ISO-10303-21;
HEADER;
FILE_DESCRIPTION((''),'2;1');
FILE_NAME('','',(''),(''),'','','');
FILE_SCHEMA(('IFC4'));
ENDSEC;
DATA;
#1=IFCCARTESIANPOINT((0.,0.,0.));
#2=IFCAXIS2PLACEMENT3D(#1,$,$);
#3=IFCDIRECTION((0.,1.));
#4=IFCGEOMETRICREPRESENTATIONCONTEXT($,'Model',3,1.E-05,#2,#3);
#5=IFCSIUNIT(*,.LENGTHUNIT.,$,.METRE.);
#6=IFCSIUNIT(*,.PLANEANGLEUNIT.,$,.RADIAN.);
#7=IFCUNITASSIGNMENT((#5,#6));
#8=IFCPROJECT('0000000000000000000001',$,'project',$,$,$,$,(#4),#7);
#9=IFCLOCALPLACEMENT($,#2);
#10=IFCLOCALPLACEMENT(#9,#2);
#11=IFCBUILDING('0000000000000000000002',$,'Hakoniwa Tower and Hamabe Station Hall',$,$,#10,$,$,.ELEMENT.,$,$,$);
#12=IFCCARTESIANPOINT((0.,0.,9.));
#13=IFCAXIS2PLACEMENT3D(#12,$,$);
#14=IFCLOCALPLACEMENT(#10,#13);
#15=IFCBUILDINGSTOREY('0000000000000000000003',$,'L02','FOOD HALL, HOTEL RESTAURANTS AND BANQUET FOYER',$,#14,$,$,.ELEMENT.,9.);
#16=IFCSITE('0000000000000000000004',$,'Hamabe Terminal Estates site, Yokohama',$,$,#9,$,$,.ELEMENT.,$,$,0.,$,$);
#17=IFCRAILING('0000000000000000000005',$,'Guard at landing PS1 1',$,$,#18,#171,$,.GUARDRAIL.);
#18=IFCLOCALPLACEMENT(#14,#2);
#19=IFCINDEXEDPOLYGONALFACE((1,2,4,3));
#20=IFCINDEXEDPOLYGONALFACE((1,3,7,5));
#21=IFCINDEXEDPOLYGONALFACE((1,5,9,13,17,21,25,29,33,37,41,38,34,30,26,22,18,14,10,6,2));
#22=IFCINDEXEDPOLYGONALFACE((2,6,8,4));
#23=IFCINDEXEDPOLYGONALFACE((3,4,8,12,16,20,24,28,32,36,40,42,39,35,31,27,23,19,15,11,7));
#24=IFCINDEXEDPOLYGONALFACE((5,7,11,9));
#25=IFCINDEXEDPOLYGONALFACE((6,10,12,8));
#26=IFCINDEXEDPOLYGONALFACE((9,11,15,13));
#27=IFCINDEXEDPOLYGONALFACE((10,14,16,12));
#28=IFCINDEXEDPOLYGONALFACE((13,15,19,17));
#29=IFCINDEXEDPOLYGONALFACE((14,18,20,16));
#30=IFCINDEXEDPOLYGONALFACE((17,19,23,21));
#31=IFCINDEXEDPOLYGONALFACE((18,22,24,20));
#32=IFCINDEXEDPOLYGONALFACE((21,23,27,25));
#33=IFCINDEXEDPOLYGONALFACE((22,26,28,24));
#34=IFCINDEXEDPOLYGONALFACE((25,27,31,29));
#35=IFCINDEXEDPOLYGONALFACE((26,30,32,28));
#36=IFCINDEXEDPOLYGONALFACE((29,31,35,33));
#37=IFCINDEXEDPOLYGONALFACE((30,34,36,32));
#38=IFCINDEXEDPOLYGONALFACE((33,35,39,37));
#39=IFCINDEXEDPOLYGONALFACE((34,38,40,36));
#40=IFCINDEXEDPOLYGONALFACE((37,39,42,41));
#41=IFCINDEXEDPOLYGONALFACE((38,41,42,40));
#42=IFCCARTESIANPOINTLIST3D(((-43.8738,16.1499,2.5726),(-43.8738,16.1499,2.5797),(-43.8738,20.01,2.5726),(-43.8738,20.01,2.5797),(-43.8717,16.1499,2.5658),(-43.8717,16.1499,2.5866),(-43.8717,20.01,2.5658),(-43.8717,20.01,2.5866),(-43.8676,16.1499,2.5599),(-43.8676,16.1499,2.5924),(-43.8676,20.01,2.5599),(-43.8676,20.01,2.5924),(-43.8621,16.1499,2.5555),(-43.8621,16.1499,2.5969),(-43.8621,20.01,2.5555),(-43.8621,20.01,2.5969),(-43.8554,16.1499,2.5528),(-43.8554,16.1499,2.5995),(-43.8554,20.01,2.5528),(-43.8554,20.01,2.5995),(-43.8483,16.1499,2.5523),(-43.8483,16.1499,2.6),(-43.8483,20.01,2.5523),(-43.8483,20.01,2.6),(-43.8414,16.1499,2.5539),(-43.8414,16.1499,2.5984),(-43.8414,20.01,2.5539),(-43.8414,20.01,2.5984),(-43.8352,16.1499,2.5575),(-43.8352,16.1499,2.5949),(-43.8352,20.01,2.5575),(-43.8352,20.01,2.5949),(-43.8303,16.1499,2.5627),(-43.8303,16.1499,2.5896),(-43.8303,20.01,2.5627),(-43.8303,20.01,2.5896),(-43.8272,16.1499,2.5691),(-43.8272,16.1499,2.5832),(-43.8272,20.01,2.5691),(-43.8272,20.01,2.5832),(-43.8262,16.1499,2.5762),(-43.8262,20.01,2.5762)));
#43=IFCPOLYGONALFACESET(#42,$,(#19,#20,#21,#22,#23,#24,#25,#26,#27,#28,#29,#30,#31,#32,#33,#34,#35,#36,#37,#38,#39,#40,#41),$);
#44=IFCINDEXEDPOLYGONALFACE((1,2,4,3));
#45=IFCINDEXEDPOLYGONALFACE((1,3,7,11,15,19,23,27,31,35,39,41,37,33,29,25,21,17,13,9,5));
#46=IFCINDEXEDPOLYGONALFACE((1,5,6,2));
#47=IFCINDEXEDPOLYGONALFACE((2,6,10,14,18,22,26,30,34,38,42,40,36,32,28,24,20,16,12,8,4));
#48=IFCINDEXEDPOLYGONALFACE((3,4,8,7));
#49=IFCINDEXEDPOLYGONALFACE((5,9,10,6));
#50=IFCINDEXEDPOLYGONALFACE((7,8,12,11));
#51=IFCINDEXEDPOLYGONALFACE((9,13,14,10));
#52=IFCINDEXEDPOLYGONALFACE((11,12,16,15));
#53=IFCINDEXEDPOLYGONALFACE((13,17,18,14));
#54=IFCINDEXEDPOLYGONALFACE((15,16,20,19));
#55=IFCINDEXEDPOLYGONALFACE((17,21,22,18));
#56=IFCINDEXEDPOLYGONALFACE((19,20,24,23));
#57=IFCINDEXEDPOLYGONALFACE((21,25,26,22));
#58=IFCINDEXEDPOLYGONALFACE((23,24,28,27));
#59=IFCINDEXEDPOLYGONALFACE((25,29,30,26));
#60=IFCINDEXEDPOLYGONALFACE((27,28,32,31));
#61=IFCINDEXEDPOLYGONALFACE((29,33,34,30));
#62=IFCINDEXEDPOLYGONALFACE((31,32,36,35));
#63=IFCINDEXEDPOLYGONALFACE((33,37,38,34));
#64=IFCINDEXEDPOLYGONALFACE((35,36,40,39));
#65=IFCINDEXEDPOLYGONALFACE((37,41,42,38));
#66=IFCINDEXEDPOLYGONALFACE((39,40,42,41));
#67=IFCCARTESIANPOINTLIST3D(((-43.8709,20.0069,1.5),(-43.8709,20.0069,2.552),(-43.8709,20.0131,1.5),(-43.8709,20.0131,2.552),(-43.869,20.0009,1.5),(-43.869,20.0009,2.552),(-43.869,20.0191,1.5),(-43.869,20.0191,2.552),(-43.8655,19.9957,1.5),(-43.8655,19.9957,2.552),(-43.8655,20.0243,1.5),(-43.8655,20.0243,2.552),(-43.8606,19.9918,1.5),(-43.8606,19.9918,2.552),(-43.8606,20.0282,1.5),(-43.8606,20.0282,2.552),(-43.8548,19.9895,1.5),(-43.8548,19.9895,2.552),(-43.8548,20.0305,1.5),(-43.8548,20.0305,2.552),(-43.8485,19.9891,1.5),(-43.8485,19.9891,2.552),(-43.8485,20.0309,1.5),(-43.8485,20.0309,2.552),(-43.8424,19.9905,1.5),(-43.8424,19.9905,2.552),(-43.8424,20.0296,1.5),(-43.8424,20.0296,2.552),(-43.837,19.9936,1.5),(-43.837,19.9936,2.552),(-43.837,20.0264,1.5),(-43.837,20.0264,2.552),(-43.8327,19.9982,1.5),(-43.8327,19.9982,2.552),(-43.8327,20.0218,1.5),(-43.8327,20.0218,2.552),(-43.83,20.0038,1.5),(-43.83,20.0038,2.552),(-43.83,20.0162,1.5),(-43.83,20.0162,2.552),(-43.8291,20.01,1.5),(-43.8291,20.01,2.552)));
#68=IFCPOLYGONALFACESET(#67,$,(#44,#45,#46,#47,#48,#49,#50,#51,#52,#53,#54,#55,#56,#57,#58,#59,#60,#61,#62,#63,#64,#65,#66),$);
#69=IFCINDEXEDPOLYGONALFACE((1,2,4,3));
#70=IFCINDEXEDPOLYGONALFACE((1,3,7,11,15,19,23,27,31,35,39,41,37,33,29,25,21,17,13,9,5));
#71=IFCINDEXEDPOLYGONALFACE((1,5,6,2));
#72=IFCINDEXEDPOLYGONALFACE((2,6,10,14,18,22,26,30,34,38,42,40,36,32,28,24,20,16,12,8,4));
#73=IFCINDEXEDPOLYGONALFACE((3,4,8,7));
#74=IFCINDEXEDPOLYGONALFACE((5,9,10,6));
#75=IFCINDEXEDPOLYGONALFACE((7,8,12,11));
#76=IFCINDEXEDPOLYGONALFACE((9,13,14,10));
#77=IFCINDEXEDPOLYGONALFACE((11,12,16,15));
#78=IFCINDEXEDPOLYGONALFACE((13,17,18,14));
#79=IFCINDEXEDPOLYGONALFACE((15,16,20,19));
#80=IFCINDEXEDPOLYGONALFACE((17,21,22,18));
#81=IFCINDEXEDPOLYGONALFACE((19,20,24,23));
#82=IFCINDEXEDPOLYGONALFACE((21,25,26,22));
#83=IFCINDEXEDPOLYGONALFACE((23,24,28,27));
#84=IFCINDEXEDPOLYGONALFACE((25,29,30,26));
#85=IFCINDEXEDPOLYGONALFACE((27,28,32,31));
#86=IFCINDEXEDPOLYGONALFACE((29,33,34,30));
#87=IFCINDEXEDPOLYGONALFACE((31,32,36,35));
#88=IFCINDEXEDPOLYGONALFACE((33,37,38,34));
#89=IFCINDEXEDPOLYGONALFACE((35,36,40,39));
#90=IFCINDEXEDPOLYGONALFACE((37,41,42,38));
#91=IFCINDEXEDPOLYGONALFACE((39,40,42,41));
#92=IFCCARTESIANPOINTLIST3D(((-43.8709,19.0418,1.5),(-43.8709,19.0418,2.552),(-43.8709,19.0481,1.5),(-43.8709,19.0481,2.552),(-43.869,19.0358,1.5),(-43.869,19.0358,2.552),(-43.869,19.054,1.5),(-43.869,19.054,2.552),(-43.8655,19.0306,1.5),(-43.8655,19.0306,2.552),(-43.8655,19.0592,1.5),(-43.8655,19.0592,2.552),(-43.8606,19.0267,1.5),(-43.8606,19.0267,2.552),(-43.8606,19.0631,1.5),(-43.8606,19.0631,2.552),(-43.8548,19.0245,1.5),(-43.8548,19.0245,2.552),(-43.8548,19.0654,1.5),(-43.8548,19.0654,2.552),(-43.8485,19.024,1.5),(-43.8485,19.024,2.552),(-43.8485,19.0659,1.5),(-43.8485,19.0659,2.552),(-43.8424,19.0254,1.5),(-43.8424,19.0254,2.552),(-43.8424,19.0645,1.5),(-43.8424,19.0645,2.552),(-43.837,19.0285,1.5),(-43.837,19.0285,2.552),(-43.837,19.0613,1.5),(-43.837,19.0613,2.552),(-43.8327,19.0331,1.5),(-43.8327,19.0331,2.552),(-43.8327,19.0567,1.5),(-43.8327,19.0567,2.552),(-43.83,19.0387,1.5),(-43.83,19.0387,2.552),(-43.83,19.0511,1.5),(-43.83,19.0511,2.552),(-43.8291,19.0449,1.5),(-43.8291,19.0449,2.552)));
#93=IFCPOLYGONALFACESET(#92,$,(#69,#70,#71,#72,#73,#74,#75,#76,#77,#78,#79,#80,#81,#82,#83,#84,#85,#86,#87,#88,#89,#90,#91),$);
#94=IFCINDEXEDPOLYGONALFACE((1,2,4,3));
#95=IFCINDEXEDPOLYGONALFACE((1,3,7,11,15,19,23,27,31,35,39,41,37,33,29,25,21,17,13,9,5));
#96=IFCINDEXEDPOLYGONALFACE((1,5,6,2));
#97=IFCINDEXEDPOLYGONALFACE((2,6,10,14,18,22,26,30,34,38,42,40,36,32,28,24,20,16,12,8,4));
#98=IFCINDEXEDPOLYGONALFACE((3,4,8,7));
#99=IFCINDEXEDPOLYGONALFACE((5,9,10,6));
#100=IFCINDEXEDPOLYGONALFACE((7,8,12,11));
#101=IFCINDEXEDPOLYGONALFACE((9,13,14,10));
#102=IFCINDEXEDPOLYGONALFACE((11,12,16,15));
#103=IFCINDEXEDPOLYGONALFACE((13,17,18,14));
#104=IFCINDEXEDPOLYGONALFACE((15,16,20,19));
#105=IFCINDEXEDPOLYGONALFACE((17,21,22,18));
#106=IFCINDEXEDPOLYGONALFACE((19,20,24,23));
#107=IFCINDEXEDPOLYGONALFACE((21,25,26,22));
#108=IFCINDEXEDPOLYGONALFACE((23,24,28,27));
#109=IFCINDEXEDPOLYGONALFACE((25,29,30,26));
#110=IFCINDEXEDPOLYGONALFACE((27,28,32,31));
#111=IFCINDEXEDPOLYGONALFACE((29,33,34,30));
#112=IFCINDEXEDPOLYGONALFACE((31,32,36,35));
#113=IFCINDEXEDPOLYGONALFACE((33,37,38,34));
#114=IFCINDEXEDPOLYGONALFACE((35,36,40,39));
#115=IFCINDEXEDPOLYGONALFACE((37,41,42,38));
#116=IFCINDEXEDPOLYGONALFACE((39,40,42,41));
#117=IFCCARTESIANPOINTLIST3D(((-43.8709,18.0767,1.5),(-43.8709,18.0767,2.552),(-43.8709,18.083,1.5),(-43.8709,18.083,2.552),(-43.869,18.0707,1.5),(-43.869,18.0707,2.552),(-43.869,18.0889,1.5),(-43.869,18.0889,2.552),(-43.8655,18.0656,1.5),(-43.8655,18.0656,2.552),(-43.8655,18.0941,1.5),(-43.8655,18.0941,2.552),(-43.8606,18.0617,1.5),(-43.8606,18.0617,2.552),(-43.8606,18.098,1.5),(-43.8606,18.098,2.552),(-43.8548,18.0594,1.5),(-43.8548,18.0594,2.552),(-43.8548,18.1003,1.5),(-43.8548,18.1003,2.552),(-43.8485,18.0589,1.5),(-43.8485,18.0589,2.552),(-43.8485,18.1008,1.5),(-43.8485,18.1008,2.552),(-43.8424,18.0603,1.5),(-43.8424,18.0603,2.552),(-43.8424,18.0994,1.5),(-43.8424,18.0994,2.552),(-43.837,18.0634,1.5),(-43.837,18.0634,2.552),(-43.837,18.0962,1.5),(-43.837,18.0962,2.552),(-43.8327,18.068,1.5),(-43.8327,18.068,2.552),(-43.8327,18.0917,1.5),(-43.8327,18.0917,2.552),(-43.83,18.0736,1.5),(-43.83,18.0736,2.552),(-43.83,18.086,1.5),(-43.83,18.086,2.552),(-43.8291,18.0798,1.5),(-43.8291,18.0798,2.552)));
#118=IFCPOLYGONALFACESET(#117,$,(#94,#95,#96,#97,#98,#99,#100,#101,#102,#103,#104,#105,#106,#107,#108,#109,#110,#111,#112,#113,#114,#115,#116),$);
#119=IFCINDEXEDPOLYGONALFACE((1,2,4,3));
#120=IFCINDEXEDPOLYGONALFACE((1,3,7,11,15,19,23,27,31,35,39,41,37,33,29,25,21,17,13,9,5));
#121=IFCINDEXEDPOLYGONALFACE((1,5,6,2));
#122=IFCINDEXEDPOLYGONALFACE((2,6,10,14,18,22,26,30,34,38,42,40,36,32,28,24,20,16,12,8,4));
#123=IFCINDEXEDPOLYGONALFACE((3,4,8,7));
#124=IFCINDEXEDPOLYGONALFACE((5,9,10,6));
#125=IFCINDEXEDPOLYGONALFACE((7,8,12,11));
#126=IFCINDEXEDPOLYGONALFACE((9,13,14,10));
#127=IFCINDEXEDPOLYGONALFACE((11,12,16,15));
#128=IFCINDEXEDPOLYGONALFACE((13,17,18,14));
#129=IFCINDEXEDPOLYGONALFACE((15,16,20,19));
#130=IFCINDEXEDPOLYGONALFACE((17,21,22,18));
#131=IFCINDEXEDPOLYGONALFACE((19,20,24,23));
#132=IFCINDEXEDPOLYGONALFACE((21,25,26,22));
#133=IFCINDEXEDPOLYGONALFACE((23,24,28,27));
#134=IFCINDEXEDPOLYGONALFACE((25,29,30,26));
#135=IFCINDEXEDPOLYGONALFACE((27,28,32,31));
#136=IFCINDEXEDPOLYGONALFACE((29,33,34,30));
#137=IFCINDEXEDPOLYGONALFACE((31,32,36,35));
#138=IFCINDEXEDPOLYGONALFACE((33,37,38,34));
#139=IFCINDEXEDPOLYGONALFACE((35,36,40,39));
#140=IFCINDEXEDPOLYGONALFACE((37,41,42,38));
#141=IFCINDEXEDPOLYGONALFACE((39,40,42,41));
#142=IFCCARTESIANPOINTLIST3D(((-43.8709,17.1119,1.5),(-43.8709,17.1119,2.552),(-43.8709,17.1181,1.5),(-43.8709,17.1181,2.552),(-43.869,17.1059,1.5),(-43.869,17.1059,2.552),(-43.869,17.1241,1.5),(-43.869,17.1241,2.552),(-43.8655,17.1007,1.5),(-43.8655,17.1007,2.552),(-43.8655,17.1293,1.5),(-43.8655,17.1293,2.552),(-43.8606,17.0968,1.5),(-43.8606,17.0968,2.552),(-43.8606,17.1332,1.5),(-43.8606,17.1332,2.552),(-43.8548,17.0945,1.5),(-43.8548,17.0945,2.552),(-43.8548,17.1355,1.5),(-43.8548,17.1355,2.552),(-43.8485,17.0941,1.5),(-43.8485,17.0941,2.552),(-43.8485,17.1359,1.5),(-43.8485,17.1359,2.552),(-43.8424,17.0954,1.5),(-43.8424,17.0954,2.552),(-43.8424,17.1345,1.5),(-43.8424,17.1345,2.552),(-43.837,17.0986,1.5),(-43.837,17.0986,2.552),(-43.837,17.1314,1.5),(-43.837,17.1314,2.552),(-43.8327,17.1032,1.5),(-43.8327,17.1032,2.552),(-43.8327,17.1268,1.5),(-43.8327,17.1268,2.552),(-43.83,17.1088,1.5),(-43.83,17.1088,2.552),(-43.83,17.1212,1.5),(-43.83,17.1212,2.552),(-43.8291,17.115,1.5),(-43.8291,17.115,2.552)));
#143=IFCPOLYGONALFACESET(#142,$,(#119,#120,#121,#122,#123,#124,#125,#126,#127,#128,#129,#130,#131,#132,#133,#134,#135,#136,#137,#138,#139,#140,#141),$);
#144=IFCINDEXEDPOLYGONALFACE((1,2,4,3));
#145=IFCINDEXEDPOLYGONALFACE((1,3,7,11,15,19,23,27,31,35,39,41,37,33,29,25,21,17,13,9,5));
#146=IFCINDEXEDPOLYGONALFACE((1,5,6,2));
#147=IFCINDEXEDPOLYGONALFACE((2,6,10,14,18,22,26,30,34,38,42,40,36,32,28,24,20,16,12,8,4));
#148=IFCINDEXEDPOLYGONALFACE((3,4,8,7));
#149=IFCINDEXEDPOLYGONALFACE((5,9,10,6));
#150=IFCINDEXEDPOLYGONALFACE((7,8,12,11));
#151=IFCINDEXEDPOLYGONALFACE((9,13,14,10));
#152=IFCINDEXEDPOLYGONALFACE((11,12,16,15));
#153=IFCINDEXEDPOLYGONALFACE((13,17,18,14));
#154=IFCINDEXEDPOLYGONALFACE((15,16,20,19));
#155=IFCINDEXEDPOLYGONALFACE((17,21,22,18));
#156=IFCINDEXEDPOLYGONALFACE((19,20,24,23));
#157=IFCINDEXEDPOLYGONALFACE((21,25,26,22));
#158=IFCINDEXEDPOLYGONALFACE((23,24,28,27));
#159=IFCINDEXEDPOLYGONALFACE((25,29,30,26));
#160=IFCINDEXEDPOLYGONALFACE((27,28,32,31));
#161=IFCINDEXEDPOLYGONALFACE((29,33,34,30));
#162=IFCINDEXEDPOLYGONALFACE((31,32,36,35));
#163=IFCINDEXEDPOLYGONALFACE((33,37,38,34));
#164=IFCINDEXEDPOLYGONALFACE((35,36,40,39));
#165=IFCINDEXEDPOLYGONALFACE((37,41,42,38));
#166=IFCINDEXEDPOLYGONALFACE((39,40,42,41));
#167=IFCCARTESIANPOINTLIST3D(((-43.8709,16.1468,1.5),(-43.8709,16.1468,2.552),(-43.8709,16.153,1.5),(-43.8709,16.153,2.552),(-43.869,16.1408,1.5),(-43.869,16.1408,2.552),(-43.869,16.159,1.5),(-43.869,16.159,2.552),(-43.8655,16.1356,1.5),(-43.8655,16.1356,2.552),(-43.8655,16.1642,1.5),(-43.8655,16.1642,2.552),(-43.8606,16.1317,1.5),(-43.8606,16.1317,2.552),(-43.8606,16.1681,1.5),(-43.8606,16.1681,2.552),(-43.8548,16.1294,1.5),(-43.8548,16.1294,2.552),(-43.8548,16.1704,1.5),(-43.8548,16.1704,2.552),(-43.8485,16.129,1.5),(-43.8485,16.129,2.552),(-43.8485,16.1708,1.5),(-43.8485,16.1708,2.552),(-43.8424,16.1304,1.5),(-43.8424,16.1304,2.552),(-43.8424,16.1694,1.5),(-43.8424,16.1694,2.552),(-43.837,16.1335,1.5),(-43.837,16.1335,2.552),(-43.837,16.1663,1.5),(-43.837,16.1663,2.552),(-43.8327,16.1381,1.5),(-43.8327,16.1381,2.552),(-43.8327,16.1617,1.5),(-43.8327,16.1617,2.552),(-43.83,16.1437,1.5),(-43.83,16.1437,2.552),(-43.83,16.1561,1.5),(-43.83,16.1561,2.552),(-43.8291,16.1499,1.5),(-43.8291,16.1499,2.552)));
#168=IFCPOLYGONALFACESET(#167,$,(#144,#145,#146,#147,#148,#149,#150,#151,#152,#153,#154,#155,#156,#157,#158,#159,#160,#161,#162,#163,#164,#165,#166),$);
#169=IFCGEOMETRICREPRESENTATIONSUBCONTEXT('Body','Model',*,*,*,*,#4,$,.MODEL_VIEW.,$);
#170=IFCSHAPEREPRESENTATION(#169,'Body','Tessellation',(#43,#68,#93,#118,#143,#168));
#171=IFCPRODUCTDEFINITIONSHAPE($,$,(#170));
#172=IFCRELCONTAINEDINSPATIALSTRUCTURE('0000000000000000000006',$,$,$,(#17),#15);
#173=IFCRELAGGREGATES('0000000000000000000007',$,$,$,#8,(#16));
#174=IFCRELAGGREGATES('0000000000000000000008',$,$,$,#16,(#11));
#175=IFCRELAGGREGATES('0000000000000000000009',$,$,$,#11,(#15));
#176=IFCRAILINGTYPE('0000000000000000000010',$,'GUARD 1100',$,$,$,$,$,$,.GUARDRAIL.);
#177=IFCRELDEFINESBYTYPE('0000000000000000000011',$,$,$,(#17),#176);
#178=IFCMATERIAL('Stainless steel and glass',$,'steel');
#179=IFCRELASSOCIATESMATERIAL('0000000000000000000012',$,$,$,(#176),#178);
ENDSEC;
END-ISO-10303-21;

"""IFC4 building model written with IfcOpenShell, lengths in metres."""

from ifc_helpers import new_model, si_unit, direction, frame, origin, origin_2d, place, context, subcontext, project, spatial, circle, extrude, material, type_object, element, save


model = new_model("IFC4")

# Units and contexts
model_context = context("Model", 3, precision=1e-05, world=origin(), true_north=direction((0.0, 1.0)))
body_context = subcontext(model_context, "Body", "Model", "MODEL_VIEW")
ifc_project = project(units=[si_unit("LENGTHUNIT", "METRE"), si_unit("PLANEANGLEUNIT", "RADIAN")], contexts=[model_context])

# Site, building, storey
site_placement = place(None, origin())
site = spatial("IfcSite", under=ifc_project, at=site_placement, Name="Hamabe Terminal Estates site, Yokohama", CompositionType="ELEMENT", RefElevation=0.0)
building_placement = place(site_placement, origin())
building = spatial("IfcBuilding", under=site, at=building_placement, Name="Hakoniwa Tower and Hamabe Station Hall", CompositionType="ELEMENT")
storey_placement = place(building_placement, frame((0.0, 0.0, 9.0)))
storey = spatial("IfcBuildingStorey", under=building, at=storey_placement, Name="L02", Description="FOOD HALL, HOTEL RESTAURANTS AND BANQUET FOYER", CompositionType="ELEMENT", Elevation=9.0)

# Railing
ifc_material_1 = material(Name="Stainless steel and glass", Category="steel")
railing_type_1 = type_object("IfcRailingType", Name="GUARD 1100", PredefinedType="GUARDRAIL", material=ifc_material_1)
railing_1_placement = place(storey_placement, frame((-43.8501, 20.01, 1.5)))
element("IfcRailing", 1, at=railing_1_placement, inside=storey, type_object=railing_type_1, Name="Guard at landing PS1 1", PredefinedType="GUARDRAIL", context=body_context, shape_type="SweptSolid", body=[
    extrude(circle(Radius=0.0239, at=origin_2d()), frame((0.0, 0.0, 1.0762), z_axis=(0.0, -1.0, 0.0), x_axis=(1.0, 0.0, 0.0)), (0.0, 0.0, 1.0), 3.8601),
    extrude(circle(Radius=0.021, at=origin_2d()), origin(), (0.0, 0.0, 1.0), 1.052),
    extrude(circle(Radius=0.021, at=origin_2d()), frame((0.0, -0.9651, 0.0)), (0.0, 0.0, 1.0), 1.052),
    extrude(circle(Radius=0.021, at=origin_2d()), frame((0.0, -1.9302, 0.0)), (0.0, 0.0, 1.0), 1.052),
    extrude(circle(Radius=0.021, at=origin_2d()), frame((0.0, -2.895, 0.0)), (0.0, 0.0, 1.0), 1.052),
    extrude(circle(Radius=0.021, at=origin_2d()), frame((0.0, -3.8601, 0.0)), (0.0, 0.0, 1.0), 1.052),
])

save(model, "model.ifc")
